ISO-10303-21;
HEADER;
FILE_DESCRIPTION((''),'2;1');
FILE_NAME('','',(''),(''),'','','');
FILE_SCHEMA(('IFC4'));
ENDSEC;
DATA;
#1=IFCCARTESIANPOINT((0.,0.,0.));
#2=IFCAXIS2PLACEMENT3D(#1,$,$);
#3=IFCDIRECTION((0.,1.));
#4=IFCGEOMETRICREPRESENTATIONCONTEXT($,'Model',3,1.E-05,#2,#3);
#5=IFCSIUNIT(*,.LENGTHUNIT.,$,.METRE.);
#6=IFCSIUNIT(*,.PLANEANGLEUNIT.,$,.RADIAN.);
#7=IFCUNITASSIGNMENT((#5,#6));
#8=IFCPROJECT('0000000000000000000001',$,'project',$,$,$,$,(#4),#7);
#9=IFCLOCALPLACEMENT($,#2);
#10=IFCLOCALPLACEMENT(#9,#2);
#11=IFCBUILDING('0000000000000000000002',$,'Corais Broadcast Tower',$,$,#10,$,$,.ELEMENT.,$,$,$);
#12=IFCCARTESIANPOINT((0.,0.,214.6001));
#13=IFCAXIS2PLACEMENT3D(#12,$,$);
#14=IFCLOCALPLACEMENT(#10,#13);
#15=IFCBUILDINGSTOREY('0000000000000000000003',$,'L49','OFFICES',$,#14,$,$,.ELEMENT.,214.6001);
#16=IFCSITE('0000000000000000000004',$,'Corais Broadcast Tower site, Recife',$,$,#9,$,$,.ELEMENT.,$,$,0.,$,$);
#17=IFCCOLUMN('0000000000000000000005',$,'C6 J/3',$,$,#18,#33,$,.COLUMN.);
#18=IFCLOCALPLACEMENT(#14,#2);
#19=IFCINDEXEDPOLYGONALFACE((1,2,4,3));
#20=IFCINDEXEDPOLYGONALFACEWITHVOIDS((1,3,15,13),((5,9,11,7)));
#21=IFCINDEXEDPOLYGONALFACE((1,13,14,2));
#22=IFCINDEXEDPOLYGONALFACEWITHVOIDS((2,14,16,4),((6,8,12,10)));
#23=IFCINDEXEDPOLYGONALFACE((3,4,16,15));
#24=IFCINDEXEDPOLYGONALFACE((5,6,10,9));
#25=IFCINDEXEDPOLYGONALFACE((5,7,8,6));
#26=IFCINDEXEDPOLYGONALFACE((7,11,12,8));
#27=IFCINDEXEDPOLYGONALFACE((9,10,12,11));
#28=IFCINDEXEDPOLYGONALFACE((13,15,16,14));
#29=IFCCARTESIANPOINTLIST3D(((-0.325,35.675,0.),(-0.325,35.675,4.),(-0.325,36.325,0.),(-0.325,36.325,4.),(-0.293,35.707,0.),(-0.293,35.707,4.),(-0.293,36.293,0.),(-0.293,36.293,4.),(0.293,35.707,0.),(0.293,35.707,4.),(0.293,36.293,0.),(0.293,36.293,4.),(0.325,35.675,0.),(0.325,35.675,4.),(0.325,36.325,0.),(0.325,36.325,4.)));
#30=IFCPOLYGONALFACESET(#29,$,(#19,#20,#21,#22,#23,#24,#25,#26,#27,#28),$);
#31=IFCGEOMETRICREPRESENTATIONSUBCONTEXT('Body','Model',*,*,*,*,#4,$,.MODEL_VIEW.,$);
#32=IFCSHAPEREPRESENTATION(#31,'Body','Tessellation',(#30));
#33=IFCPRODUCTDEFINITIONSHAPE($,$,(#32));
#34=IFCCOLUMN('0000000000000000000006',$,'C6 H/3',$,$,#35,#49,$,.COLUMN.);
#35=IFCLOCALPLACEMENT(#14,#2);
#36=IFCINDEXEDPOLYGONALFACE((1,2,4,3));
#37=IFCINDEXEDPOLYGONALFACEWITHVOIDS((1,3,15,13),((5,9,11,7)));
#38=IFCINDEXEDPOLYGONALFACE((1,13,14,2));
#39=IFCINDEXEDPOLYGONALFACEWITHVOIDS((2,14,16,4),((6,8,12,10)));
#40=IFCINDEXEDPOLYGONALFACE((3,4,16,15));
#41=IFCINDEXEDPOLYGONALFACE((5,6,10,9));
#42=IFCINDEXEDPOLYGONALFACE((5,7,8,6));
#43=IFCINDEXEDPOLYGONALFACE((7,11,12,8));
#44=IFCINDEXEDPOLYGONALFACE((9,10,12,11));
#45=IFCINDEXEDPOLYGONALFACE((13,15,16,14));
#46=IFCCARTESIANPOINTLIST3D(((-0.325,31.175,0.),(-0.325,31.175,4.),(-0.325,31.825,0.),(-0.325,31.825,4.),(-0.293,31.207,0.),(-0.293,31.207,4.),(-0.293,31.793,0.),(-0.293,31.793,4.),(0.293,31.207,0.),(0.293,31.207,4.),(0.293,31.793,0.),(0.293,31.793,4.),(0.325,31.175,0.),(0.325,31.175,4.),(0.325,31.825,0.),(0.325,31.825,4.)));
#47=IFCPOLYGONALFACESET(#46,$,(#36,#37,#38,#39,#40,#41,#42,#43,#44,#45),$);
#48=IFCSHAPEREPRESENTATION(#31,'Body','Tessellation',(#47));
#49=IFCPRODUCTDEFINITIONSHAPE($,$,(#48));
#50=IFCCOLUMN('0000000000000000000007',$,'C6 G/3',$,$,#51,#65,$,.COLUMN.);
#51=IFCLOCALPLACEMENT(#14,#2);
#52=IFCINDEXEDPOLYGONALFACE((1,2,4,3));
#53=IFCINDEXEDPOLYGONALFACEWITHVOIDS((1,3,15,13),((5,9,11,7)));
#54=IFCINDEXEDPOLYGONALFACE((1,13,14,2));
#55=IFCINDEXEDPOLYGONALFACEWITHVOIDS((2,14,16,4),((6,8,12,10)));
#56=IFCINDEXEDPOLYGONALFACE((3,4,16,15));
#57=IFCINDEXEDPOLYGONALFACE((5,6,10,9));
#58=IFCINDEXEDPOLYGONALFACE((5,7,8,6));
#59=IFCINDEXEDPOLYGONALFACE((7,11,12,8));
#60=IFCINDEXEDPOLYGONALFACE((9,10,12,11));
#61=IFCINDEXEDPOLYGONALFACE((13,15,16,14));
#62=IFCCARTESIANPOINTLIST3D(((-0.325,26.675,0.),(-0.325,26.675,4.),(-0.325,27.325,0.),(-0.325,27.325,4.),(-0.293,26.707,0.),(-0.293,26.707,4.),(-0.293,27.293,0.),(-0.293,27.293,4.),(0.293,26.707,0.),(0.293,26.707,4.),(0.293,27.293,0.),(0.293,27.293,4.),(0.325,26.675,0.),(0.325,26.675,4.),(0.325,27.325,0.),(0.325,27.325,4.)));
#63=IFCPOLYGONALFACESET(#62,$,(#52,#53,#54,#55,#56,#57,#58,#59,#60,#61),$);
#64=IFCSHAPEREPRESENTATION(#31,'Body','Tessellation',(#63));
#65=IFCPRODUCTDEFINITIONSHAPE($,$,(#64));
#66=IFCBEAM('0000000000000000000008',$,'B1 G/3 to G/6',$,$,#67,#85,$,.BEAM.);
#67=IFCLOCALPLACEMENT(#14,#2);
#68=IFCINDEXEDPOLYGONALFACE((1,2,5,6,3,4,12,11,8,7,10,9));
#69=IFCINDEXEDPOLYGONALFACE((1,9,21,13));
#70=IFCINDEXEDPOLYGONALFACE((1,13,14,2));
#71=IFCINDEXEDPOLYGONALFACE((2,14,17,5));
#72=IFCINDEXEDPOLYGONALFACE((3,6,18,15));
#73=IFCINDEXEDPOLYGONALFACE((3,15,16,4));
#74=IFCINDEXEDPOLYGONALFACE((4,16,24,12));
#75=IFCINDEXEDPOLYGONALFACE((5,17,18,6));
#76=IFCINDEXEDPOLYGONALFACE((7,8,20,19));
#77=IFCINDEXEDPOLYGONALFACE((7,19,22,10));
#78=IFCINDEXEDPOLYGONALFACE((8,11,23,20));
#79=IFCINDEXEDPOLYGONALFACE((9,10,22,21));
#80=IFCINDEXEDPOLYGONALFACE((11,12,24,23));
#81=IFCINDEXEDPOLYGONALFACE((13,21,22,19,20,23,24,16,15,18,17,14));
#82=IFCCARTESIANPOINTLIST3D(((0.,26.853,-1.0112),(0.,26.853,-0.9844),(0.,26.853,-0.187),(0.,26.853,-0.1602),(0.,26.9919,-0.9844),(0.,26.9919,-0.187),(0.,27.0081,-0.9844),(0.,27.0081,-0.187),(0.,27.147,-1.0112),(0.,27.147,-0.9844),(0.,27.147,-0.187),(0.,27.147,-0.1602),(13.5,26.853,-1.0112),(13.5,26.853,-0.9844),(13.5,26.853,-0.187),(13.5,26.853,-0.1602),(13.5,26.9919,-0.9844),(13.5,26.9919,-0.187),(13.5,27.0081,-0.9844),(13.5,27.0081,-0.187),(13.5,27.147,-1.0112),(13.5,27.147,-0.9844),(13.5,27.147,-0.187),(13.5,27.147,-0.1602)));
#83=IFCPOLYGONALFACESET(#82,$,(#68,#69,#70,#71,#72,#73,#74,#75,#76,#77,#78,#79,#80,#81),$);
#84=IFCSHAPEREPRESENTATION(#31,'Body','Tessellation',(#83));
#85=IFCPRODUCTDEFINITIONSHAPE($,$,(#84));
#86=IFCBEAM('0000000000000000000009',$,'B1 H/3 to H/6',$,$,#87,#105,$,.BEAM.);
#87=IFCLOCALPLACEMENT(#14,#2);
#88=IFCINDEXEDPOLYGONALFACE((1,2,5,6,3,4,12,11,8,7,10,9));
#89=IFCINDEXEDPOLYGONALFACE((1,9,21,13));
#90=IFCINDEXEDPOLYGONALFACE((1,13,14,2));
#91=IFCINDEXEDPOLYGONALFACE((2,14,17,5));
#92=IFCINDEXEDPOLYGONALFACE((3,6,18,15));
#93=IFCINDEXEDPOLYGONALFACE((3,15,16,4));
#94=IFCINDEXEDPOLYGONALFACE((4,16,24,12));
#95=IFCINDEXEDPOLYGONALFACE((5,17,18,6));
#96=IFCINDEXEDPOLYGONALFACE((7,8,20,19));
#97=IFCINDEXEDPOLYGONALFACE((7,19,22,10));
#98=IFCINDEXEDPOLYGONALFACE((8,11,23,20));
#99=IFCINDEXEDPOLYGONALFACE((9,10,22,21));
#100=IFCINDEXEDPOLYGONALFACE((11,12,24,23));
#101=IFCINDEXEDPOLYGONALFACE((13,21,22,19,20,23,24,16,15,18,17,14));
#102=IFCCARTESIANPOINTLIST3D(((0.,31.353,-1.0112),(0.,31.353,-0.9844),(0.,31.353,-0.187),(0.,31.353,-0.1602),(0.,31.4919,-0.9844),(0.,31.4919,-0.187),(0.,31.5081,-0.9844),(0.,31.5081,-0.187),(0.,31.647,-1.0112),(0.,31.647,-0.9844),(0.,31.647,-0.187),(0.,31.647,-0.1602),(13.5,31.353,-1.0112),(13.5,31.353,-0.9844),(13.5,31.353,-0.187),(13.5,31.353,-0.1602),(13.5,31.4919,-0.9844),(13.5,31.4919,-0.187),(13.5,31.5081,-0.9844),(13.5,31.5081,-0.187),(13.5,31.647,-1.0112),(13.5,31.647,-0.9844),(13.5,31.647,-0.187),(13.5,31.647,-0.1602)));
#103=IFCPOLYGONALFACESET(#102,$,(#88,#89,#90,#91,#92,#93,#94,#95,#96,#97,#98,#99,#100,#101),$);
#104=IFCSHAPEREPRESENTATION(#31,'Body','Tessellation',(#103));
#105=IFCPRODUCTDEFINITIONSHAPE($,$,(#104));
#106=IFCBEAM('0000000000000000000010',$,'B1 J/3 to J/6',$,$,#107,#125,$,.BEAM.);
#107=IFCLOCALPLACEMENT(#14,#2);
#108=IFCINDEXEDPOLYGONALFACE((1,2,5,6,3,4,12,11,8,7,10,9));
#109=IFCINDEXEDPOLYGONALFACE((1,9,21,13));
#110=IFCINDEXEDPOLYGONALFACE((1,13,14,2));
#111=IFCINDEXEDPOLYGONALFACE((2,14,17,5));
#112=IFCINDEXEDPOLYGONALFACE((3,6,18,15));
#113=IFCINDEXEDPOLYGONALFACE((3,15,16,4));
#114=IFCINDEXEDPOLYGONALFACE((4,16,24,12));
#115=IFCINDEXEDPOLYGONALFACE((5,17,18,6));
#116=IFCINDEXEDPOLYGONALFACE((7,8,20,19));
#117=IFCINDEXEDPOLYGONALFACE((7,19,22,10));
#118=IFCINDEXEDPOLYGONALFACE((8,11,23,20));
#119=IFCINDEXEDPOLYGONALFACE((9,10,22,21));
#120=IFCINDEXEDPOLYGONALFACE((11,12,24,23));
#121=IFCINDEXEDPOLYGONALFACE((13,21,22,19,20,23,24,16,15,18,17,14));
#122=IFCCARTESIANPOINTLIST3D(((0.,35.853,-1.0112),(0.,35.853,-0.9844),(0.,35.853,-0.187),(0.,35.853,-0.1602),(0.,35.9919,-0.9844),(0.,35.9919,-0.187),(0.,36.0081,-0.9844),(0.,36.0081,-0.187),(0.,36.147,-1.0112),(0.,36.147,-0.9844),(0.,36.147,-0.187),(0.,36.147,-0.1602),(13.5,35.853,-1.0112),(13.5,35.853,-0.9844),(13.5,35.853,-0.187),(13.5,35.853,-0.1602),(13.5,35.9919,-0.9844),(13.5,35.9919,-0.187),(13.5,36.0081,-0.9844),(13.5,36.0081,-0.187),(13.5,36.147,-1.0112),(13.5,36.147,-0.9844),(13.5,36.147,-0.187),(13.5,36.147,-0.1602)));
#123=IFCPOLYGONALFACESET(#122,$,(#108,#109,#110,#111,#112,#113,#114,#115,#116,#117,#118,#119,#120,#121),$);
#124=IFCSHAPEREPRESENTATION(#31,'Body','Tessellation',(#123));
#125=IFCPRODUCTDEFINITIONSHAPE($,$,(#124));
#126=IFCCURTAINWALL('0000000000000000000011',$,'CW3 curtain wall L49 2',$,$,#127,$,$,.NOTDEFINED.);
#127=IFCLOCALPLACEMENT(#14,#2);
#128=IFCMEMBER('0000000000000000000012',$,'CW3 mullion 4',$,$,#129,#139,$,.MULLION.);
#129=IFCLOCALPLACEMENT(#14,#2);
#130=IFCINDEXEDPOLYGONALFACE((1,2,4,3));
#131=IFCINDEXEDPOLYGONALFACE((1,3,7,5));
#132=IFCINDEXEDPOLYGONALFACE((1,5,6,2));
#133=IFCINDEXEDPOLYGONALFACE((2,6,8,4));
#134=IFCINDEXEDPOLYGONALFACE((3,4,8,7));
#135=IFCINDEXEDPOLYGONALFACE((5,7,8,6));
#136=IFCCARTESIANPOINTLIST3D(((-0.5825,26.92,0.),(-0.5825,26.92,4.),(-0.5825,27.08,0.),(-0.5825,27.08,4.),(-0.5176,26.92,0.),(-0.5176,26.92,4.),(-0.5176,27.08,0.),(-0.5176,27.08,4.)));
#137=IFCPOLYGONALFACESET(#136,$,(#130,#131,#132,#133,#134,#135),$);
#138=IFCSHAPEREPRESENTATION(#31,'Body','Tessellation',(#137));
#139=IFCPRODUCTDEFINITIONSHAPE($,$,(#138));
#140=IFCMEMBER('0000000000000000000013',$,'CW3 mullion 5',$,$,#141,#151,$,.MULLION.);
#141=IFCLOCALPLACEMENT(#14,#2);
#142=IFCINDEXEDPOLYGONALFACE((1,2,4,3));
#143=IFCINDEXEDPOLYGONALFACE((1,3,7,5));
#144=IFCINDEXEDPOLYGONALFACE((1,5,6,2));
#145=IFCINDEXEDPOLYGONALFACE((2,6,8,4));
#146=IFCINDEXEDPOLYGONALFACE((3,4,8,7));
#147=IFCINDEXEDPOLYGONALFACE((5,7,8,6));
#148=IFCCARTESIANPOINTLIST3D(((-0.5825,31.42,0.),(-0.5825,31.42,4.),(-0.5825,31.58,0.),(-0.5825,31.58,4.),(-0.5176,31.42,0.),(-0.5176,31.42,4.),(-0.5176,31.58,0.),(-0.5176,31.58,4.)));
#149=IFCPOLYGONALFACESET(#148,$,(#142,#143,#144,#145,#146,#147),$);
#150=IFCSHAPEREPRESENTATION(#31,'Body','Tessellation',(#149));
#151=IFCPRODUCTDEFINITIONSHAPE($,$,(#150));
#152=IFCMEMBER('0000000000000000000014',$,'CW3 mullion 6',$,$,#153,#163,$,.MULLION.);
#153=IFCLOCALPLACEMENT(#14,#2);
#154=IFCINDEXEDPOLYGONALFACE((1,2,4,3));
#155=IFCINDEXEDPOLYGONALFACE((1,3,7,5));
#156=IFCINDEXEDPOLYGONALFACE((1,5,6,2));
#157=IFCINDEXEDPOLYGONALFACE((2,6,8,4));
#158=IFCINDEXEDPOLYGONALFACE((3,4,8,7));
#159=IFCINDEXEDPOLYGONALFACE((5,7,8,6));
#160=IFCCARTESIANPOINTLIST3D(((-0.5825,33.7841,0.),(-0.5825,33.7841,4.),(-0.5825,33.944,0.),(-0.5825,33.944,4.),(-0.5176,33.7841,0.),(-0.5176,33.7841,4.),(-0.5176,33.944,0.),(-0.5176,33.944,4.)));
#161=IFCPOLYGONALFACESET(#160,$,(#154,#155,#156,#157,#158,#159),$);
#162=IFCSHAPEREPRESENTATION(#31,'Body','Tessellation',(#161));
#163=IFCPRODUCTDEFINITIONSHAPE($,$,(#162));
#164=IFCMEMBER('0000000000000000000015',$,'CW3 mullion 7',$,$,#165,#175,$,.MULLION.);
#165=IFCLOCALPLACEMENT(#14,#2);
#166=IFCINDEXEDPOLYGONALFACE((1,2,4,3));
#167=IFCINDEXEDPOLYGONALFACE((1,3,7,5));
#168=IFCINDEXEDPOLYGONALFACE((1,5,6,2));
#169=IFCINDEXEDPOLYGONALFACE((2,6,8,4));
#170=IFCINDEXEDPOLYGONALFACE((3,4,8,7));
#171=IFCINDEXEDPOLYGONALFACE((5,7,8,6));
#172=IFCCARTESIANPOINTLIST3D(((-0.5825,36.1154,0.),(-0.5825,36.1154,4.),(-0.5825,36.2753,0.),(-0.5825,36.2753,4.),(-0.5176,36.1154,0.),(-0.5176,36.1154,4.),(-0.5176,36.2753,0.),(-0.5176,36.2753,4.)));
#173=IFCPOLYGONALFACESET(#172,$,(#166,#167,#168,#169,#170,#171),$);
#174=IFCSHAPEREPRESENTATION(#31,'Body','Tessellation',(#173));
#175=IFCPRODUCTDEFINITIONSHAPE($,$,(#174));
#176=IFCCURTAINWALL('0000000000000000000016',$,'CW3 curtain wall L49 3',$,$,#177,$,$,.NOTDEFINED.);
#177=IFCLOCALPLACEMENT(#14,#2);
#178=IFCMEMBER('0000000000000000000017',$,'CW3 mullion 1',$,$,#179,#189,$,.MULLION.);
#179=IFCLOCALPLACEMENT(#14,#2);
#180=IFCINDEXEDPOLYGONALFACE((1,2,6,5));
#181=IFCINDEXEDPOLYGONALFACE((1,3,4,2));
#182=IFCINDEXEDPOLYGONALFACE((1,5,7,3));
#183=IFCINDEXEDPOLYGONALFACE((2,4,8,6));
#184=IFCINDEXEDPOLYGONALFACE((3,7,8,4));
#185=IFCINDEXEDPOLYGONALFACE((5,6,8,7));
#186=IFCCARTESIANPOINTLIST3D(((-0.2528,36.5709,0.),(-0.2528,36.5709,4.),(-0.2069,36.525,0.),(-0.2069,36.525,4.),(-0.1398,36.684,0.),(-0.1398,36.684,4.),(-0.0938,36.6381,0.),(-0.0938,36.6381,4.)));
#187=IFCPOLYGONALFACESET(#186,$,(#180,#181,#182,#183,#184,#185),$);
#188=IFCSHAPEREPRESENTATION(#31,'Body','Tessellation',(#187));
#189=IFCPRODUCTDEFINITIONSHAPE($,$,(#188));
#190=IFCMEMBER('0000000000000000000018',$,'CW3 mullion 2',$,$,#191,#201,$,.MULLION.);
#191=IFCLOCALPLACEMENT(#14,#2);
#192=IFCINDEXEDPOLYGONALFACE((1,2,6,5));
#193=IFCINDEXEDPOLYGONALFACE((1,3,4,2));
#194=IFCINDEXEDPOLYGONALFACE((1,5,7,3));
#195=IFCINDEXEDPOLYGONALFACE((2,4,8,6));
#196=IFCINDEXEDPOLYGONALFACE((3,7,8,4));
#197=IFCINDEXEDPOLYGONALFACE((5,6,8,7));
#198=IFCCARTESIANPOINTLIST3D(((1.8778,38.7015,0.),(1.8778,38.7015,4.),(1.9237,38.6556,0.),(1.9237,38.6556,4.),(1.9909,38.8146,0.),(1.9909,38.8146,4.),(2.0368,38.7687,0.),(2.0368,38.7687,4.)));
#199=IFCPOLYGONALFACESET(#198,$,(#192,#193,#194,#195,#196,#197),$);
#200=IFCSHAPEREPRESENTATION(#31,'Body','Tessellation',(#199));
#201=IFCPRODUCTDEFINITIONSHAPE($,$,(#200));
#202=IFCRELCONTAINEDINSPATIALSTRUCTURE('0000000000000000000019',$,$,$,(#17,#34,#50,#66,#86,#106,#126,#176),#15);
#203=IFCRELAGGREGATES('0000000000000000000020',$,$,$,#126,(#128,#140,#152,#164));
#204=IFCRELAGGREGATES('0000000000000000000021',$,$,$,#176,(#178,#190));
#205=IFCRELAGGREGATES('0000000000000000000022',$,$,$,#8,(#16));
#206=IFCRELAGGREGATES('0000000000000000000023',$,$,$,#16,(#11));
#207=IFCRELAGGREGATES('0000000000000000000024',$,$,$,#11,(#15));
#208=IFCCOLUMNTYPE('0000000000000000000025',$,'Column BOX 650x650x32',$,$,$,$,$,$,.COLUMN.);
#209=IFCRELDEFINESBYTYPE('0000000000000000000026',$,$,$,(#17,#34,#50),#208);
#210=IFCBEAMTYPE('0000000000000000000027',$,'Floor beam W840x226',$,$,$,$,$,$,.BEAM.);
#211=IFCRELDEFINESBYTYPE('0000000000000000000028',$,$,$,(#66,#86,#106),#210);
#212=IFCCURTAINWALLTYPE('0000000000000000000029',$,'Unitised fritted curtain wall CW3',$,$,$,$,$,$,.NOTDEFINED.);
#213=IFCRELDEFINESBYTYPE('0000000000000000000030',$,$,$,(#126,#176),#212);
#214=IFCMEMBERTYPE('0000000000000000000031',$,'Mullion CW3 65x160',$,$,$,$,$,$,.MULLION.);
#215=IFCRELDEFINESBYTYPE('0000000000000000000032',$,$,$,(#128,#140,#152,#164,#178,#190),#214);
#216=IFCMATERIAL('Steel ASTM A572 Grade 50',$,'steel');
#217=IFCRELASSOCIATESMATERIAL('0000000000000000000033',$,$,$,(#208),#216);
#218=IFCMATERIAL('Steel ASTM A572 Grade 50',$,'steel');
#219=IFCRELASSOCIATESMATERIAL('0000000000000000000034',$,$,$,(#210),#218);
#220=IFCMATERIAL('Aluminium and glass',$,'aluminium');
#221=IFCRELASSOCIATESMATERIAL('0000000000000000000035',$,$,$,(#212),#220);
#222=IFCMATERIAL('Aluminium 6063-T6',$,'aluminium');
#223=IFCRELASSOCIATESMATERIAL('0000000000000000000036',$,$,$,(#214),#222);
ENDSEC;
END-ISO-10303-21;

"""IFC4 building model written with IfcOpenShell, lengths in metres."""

from ifc_helpers import new_model, si_unit, direction, frame, origin, origin_2d, place, context, subcontext, project, spatial, rectangle, hollow_rectangle, i_section, extrude, material, material_profile, profile_set, type_object, element, aggregate, save


model = new_model("IFC4")

# Units and contexts
model_context = context("Model", 3, precision=1e-05, world=origin(), true_north=direction((0.0, 1.0)))
body_context = subcontext(model_context, "Body", "Model", "MODEL_VIEW")
ifc_project = project(units=[si_unit("LENGTHUNIT", "METRE"), si_unit("PLANEANGLEUNIT", "RADIAN")], contexts=[model_context])

# Site, building, storey
site_placement = place(None, origin())
site = spatial("IfcSite", under=ifc_project, at=site_placement, Name="Corais Broadcast Tower site, Recife", CompositionType="ELEMENT", RefElevation=0.0)
building_placement = place(site_placement, origin())
building = spatial("IfcBuilding", under=site, at=building_placement, Name="Corais Broadcast Tower", CompositionType="ELEMENT")
storey_placement = place(building_placement, frame((0.0, 0.0, 214.6001)))
storey = spatial("IfcBuildingStorey", under=building, at=storey_placement, Name="L49", Description="OFFICES", CompositionType="ELEMENT", Elevation=214.6001)

# Columns
ifc_material_1 = material(Name="Steel ASTM A572 Grade 50", Category="steel")
ifc_material_profile_1 = material_profile(ifc_material_1, hollow_rectangle(XDim=0.6499, YDim=0.6499, WallThickness=0.032, at=origin_2d()), Name="BOX 650x650x32")
ifc_profile_set_1 = profile_set([ifc_material_profile_1], Name="Steel ASTM A572 Grade 50")
column_type = type_object("IfcColumnType", Name="Column BOX 650x650x32", PredefinedType="COLUMN", material=ifc_profile_set_1)
for number, where, z_axis, x_axis, name in (
    (1, (0.0, 36.0, 0.0), (0.0, 0.0, 1.0), (1.0, 0.0, 0.0), "C6 J/3"),
    (2, (0.0, 31.5, 0.0), (0.0, 0.0, 1.0), (1.0, 0.0, 0.0), "C6 H/3"),
    (3, (0.0, 27.0, 0.0), (0.0, 0.0, 1.0), (1.0, 0.0, 0.0), "C6 G/3"),
):
    element("IfcColumn", number, at=place(storey_placement, frame(where, z_axis=z_axis, x_axis=x_axis)), inside=storey, type_object=column_type, Name=name, PredefinedType="COLUMN", context=body_context, shape_type="SweptSolid", body=[
        extrude(hollow_rectangle(XDim=0.6499, YDim=0.6499, WallThickness=0.032, at=origin_2d()), origin(), (0.0, 0.0, 1.0), 4.0),
    ])

# Beams
ifc_material_2 = material(Name="Steel ASTM A572 Grade 50", Category="steel")
ifc_material_profile_2 = material_profile(ifc_material_2, i_section(OverallWidth=0.2939, OverallDepth=0.8511, WebThickness=0.0161, FlangeThickness=0.0269, at=origin_2d()), Name="W840x226")
ifc_profile_set_2 = profile_set([ifc_material_profile_2], Name="Steel ASTM A572 Grade 50")
beam_type_1 = type_object("IfcBeamType", Name="Floor beam W840x226", PredefinedType="BEAM", material=ifc_profile_set_2)
for number, where, z_axis, x_axis, name in (
    (4, (0.0, 27.0, -0.5857), (1.0, 0.0, 0.0), (0.0, 1.0, 0.0), "B1 G/3 to G/6"),
    (5, (0.0, 31.5, -0.5857), (1.0, 0.0, 0.0), (0.0, 1.0, 0.0), "B1 H/3 to H/6"),
    (6, (0.0, 36.0, -0.5857), (1.0, 0.0, 0.0), (0.0, 1.0, 0.0), "B1 J/3 to J/6"),
):
    element("IfcBeam", number, at=place(storey_placement, frame(where, z_axis=z_axis, x_axis=x_axis)), inside=storey, type_object=beam_type_1, Name=name, PredefinedType="BEAM", context=body_context, shape_type="SweptSolid", body=[
        extrude(i_section(OverallWidth=0.2939, OverallDepth=0.8511, WebThickness=0.0161, FlangeThickness=0.0269, at=origin_2d()), origin(), (0.0, 0.0, 1.0), 13.5),
    ])

# Curtain walls, members
ifc_material_3 = material(Name="Aluminium and glass", Category="aluminium")
curtain_wall_type = type_object("IfcCurtainWallType", Name="Unitised fritted curtain wall CW3", PredefinedType="NOTDEFINED", material=ifc_material_3)
curtain_wall_1_placement = place(storey_placement, origin())
curtain_wall_1 = element("IfcCurtainWall", 7, at=curtain_wall_1_placement, inside=storey, type_object=curtain_wall_type, Name="CW3 curtain wall L49 2", PredefinedType="NOTDEFINED")
ifc_material_4 = material(Name="Aluminium 6063-T6", Category="aluminium")
ifc_material_profile_3 = material_profile(ifc_material_4, rectangle(XDim=0.0649, YDim=0.1599, at=origin_2d()), Name="Mullion CW3 65x160")
ifc_profile_set_3 = profile_set([ifc_material_profile_3], Name="Aluminium 6063-T6")
member_type_1 = type_object("IfcMemberType", Name="Mullion CW3 65x160", PredefinedType="MULLION", material=ifc_profile_set_3)
member_1_placement = place(storey_placement, frame((-0.55, 27.0, 0.0), z_axis=(0.0, 0.0, 1.0), x_axis=(-1.0, 0.0, 0.0)))
member_1 = element("IfcMember", 8, at=member_1_placement, type_object=member_type_1, Name="CW3 mullion 4", PredefinedType="MULLION", context=body_context, shape_type="SweptSolid", body=[
    extrude(rectangle(XDim=0.0649, YDim=0.1599, at=origin_2d()), origin(), (0.0, 0.0, 1.0), 4.0),
])
member_2_placement = place(storey_placement, frame((-0.55, 31.5, 0.0), z_axis=(0.0, 0.0, 1.0), x_axis=(-1.0, 0.0, 0.0)))
member_2 = element("IfcMember", 9, at=member_2_placement, type_object=member_type_1, Name="CW3 mullion 5", PredefinedType="MULLION", context=body_context, shape_type="SweptSolid", body=[
    extrude(rectangle(XDim=0.0649, YDim=0.1599, at=origin_2d()), origin(), (0.0, 0.0, 1.0), 4.0),
])
member_3_placement = place(storey_placement, frame((-0.55, 33.864, 0.0), z_axis=(0.0, 0.0, 1.0), x_axis=(-1.0, 0.0, 0.0)))
member_3 = element("IfcMember", 10, at=member_3_placement, type_object=member_type_1, Name="CW3 mullion 6", PredefinedType="MULLION", context=body_context, shape_type="SweptSolid", body=[
    extrude(rectangle(XDim=0.0649, YDim=0.1599, at=origin_2d()), origin(), (0.0, 0.0, 1.0), 4.0),
])
member_4_placement = place(storey_placement, frame((-0.55, 36.1953, 0.0), z_axis=(0.0, 0.0, 1.0), x_axis=(-1.0, 0.0, 0.0)))
member_4 = element("IfcMember", 11, at=member_4_placement, type_object=member_type_1, Name="CW3 mullion 7", PredefinedType="MULLION", context=body_context, shape_type="SweptSolid", body=[
    extrude(rectangle(XDim=0.0649, YDim=0.1599, at=origin_2d()), origin(), (0.0, 0.0, 1.0), 4.0),
])
curtain_wall_2_placement = place(storey_placement, origin())
curtain_wall_2 = element("IfcCurtainWall", 12, at=curtain_wall_2_placement, inside=storey, type_object=curtain_wall_type, Name="CW3 curtain wall L49 3", PredefinedType="NOTDEFINED")
member_5_placement = place(storey_placement, frame((-0.1733, 36.6045, 0.0), z_axis=(0.0, 0.0, 1.0), x_axis=(-0.707107, 0.707107, 0.0)))
member_5 = element("IfcMember", 13, at=member_5_placement, type_object=member_type_1, Name="CW3 mullion 1", PredefinedType="MULLION", context=body_context, shape_type="SweptSolid", body=[
    extrude(rectangle(XDim=0.0649, YDim=0.1599, at=origin_2d()), origin(), (0.0, 0.0, 1.0), 4.0),
])
member_6_placement = place(storey_placement, frame((1.9573, 38.7351, 0.0), z_axis=(0.0, 0.0, 1.0), x_axis=(-0.707107, 0.707107, 0.0)))
member_6 = element("IfcMember", 14, at=member_6_placement, type_object=member_type_1, Name="CW3 mullion 2", PredefinedType="MULLION", context=body_context, shape_type="SweptSolid", body=[
    extrude(rectangle(XDim=0.0649, YDim=0.1599, at=origin_2d()), origin(), (0.0, 0.0, 1.0), 4.0),
])

aggregate(curtain_wall_1, [member_1, member_2, member_3, member_4])
aggregate(curtain_wall_2, [member_5, member_6])

save(model, "model.ifc")
